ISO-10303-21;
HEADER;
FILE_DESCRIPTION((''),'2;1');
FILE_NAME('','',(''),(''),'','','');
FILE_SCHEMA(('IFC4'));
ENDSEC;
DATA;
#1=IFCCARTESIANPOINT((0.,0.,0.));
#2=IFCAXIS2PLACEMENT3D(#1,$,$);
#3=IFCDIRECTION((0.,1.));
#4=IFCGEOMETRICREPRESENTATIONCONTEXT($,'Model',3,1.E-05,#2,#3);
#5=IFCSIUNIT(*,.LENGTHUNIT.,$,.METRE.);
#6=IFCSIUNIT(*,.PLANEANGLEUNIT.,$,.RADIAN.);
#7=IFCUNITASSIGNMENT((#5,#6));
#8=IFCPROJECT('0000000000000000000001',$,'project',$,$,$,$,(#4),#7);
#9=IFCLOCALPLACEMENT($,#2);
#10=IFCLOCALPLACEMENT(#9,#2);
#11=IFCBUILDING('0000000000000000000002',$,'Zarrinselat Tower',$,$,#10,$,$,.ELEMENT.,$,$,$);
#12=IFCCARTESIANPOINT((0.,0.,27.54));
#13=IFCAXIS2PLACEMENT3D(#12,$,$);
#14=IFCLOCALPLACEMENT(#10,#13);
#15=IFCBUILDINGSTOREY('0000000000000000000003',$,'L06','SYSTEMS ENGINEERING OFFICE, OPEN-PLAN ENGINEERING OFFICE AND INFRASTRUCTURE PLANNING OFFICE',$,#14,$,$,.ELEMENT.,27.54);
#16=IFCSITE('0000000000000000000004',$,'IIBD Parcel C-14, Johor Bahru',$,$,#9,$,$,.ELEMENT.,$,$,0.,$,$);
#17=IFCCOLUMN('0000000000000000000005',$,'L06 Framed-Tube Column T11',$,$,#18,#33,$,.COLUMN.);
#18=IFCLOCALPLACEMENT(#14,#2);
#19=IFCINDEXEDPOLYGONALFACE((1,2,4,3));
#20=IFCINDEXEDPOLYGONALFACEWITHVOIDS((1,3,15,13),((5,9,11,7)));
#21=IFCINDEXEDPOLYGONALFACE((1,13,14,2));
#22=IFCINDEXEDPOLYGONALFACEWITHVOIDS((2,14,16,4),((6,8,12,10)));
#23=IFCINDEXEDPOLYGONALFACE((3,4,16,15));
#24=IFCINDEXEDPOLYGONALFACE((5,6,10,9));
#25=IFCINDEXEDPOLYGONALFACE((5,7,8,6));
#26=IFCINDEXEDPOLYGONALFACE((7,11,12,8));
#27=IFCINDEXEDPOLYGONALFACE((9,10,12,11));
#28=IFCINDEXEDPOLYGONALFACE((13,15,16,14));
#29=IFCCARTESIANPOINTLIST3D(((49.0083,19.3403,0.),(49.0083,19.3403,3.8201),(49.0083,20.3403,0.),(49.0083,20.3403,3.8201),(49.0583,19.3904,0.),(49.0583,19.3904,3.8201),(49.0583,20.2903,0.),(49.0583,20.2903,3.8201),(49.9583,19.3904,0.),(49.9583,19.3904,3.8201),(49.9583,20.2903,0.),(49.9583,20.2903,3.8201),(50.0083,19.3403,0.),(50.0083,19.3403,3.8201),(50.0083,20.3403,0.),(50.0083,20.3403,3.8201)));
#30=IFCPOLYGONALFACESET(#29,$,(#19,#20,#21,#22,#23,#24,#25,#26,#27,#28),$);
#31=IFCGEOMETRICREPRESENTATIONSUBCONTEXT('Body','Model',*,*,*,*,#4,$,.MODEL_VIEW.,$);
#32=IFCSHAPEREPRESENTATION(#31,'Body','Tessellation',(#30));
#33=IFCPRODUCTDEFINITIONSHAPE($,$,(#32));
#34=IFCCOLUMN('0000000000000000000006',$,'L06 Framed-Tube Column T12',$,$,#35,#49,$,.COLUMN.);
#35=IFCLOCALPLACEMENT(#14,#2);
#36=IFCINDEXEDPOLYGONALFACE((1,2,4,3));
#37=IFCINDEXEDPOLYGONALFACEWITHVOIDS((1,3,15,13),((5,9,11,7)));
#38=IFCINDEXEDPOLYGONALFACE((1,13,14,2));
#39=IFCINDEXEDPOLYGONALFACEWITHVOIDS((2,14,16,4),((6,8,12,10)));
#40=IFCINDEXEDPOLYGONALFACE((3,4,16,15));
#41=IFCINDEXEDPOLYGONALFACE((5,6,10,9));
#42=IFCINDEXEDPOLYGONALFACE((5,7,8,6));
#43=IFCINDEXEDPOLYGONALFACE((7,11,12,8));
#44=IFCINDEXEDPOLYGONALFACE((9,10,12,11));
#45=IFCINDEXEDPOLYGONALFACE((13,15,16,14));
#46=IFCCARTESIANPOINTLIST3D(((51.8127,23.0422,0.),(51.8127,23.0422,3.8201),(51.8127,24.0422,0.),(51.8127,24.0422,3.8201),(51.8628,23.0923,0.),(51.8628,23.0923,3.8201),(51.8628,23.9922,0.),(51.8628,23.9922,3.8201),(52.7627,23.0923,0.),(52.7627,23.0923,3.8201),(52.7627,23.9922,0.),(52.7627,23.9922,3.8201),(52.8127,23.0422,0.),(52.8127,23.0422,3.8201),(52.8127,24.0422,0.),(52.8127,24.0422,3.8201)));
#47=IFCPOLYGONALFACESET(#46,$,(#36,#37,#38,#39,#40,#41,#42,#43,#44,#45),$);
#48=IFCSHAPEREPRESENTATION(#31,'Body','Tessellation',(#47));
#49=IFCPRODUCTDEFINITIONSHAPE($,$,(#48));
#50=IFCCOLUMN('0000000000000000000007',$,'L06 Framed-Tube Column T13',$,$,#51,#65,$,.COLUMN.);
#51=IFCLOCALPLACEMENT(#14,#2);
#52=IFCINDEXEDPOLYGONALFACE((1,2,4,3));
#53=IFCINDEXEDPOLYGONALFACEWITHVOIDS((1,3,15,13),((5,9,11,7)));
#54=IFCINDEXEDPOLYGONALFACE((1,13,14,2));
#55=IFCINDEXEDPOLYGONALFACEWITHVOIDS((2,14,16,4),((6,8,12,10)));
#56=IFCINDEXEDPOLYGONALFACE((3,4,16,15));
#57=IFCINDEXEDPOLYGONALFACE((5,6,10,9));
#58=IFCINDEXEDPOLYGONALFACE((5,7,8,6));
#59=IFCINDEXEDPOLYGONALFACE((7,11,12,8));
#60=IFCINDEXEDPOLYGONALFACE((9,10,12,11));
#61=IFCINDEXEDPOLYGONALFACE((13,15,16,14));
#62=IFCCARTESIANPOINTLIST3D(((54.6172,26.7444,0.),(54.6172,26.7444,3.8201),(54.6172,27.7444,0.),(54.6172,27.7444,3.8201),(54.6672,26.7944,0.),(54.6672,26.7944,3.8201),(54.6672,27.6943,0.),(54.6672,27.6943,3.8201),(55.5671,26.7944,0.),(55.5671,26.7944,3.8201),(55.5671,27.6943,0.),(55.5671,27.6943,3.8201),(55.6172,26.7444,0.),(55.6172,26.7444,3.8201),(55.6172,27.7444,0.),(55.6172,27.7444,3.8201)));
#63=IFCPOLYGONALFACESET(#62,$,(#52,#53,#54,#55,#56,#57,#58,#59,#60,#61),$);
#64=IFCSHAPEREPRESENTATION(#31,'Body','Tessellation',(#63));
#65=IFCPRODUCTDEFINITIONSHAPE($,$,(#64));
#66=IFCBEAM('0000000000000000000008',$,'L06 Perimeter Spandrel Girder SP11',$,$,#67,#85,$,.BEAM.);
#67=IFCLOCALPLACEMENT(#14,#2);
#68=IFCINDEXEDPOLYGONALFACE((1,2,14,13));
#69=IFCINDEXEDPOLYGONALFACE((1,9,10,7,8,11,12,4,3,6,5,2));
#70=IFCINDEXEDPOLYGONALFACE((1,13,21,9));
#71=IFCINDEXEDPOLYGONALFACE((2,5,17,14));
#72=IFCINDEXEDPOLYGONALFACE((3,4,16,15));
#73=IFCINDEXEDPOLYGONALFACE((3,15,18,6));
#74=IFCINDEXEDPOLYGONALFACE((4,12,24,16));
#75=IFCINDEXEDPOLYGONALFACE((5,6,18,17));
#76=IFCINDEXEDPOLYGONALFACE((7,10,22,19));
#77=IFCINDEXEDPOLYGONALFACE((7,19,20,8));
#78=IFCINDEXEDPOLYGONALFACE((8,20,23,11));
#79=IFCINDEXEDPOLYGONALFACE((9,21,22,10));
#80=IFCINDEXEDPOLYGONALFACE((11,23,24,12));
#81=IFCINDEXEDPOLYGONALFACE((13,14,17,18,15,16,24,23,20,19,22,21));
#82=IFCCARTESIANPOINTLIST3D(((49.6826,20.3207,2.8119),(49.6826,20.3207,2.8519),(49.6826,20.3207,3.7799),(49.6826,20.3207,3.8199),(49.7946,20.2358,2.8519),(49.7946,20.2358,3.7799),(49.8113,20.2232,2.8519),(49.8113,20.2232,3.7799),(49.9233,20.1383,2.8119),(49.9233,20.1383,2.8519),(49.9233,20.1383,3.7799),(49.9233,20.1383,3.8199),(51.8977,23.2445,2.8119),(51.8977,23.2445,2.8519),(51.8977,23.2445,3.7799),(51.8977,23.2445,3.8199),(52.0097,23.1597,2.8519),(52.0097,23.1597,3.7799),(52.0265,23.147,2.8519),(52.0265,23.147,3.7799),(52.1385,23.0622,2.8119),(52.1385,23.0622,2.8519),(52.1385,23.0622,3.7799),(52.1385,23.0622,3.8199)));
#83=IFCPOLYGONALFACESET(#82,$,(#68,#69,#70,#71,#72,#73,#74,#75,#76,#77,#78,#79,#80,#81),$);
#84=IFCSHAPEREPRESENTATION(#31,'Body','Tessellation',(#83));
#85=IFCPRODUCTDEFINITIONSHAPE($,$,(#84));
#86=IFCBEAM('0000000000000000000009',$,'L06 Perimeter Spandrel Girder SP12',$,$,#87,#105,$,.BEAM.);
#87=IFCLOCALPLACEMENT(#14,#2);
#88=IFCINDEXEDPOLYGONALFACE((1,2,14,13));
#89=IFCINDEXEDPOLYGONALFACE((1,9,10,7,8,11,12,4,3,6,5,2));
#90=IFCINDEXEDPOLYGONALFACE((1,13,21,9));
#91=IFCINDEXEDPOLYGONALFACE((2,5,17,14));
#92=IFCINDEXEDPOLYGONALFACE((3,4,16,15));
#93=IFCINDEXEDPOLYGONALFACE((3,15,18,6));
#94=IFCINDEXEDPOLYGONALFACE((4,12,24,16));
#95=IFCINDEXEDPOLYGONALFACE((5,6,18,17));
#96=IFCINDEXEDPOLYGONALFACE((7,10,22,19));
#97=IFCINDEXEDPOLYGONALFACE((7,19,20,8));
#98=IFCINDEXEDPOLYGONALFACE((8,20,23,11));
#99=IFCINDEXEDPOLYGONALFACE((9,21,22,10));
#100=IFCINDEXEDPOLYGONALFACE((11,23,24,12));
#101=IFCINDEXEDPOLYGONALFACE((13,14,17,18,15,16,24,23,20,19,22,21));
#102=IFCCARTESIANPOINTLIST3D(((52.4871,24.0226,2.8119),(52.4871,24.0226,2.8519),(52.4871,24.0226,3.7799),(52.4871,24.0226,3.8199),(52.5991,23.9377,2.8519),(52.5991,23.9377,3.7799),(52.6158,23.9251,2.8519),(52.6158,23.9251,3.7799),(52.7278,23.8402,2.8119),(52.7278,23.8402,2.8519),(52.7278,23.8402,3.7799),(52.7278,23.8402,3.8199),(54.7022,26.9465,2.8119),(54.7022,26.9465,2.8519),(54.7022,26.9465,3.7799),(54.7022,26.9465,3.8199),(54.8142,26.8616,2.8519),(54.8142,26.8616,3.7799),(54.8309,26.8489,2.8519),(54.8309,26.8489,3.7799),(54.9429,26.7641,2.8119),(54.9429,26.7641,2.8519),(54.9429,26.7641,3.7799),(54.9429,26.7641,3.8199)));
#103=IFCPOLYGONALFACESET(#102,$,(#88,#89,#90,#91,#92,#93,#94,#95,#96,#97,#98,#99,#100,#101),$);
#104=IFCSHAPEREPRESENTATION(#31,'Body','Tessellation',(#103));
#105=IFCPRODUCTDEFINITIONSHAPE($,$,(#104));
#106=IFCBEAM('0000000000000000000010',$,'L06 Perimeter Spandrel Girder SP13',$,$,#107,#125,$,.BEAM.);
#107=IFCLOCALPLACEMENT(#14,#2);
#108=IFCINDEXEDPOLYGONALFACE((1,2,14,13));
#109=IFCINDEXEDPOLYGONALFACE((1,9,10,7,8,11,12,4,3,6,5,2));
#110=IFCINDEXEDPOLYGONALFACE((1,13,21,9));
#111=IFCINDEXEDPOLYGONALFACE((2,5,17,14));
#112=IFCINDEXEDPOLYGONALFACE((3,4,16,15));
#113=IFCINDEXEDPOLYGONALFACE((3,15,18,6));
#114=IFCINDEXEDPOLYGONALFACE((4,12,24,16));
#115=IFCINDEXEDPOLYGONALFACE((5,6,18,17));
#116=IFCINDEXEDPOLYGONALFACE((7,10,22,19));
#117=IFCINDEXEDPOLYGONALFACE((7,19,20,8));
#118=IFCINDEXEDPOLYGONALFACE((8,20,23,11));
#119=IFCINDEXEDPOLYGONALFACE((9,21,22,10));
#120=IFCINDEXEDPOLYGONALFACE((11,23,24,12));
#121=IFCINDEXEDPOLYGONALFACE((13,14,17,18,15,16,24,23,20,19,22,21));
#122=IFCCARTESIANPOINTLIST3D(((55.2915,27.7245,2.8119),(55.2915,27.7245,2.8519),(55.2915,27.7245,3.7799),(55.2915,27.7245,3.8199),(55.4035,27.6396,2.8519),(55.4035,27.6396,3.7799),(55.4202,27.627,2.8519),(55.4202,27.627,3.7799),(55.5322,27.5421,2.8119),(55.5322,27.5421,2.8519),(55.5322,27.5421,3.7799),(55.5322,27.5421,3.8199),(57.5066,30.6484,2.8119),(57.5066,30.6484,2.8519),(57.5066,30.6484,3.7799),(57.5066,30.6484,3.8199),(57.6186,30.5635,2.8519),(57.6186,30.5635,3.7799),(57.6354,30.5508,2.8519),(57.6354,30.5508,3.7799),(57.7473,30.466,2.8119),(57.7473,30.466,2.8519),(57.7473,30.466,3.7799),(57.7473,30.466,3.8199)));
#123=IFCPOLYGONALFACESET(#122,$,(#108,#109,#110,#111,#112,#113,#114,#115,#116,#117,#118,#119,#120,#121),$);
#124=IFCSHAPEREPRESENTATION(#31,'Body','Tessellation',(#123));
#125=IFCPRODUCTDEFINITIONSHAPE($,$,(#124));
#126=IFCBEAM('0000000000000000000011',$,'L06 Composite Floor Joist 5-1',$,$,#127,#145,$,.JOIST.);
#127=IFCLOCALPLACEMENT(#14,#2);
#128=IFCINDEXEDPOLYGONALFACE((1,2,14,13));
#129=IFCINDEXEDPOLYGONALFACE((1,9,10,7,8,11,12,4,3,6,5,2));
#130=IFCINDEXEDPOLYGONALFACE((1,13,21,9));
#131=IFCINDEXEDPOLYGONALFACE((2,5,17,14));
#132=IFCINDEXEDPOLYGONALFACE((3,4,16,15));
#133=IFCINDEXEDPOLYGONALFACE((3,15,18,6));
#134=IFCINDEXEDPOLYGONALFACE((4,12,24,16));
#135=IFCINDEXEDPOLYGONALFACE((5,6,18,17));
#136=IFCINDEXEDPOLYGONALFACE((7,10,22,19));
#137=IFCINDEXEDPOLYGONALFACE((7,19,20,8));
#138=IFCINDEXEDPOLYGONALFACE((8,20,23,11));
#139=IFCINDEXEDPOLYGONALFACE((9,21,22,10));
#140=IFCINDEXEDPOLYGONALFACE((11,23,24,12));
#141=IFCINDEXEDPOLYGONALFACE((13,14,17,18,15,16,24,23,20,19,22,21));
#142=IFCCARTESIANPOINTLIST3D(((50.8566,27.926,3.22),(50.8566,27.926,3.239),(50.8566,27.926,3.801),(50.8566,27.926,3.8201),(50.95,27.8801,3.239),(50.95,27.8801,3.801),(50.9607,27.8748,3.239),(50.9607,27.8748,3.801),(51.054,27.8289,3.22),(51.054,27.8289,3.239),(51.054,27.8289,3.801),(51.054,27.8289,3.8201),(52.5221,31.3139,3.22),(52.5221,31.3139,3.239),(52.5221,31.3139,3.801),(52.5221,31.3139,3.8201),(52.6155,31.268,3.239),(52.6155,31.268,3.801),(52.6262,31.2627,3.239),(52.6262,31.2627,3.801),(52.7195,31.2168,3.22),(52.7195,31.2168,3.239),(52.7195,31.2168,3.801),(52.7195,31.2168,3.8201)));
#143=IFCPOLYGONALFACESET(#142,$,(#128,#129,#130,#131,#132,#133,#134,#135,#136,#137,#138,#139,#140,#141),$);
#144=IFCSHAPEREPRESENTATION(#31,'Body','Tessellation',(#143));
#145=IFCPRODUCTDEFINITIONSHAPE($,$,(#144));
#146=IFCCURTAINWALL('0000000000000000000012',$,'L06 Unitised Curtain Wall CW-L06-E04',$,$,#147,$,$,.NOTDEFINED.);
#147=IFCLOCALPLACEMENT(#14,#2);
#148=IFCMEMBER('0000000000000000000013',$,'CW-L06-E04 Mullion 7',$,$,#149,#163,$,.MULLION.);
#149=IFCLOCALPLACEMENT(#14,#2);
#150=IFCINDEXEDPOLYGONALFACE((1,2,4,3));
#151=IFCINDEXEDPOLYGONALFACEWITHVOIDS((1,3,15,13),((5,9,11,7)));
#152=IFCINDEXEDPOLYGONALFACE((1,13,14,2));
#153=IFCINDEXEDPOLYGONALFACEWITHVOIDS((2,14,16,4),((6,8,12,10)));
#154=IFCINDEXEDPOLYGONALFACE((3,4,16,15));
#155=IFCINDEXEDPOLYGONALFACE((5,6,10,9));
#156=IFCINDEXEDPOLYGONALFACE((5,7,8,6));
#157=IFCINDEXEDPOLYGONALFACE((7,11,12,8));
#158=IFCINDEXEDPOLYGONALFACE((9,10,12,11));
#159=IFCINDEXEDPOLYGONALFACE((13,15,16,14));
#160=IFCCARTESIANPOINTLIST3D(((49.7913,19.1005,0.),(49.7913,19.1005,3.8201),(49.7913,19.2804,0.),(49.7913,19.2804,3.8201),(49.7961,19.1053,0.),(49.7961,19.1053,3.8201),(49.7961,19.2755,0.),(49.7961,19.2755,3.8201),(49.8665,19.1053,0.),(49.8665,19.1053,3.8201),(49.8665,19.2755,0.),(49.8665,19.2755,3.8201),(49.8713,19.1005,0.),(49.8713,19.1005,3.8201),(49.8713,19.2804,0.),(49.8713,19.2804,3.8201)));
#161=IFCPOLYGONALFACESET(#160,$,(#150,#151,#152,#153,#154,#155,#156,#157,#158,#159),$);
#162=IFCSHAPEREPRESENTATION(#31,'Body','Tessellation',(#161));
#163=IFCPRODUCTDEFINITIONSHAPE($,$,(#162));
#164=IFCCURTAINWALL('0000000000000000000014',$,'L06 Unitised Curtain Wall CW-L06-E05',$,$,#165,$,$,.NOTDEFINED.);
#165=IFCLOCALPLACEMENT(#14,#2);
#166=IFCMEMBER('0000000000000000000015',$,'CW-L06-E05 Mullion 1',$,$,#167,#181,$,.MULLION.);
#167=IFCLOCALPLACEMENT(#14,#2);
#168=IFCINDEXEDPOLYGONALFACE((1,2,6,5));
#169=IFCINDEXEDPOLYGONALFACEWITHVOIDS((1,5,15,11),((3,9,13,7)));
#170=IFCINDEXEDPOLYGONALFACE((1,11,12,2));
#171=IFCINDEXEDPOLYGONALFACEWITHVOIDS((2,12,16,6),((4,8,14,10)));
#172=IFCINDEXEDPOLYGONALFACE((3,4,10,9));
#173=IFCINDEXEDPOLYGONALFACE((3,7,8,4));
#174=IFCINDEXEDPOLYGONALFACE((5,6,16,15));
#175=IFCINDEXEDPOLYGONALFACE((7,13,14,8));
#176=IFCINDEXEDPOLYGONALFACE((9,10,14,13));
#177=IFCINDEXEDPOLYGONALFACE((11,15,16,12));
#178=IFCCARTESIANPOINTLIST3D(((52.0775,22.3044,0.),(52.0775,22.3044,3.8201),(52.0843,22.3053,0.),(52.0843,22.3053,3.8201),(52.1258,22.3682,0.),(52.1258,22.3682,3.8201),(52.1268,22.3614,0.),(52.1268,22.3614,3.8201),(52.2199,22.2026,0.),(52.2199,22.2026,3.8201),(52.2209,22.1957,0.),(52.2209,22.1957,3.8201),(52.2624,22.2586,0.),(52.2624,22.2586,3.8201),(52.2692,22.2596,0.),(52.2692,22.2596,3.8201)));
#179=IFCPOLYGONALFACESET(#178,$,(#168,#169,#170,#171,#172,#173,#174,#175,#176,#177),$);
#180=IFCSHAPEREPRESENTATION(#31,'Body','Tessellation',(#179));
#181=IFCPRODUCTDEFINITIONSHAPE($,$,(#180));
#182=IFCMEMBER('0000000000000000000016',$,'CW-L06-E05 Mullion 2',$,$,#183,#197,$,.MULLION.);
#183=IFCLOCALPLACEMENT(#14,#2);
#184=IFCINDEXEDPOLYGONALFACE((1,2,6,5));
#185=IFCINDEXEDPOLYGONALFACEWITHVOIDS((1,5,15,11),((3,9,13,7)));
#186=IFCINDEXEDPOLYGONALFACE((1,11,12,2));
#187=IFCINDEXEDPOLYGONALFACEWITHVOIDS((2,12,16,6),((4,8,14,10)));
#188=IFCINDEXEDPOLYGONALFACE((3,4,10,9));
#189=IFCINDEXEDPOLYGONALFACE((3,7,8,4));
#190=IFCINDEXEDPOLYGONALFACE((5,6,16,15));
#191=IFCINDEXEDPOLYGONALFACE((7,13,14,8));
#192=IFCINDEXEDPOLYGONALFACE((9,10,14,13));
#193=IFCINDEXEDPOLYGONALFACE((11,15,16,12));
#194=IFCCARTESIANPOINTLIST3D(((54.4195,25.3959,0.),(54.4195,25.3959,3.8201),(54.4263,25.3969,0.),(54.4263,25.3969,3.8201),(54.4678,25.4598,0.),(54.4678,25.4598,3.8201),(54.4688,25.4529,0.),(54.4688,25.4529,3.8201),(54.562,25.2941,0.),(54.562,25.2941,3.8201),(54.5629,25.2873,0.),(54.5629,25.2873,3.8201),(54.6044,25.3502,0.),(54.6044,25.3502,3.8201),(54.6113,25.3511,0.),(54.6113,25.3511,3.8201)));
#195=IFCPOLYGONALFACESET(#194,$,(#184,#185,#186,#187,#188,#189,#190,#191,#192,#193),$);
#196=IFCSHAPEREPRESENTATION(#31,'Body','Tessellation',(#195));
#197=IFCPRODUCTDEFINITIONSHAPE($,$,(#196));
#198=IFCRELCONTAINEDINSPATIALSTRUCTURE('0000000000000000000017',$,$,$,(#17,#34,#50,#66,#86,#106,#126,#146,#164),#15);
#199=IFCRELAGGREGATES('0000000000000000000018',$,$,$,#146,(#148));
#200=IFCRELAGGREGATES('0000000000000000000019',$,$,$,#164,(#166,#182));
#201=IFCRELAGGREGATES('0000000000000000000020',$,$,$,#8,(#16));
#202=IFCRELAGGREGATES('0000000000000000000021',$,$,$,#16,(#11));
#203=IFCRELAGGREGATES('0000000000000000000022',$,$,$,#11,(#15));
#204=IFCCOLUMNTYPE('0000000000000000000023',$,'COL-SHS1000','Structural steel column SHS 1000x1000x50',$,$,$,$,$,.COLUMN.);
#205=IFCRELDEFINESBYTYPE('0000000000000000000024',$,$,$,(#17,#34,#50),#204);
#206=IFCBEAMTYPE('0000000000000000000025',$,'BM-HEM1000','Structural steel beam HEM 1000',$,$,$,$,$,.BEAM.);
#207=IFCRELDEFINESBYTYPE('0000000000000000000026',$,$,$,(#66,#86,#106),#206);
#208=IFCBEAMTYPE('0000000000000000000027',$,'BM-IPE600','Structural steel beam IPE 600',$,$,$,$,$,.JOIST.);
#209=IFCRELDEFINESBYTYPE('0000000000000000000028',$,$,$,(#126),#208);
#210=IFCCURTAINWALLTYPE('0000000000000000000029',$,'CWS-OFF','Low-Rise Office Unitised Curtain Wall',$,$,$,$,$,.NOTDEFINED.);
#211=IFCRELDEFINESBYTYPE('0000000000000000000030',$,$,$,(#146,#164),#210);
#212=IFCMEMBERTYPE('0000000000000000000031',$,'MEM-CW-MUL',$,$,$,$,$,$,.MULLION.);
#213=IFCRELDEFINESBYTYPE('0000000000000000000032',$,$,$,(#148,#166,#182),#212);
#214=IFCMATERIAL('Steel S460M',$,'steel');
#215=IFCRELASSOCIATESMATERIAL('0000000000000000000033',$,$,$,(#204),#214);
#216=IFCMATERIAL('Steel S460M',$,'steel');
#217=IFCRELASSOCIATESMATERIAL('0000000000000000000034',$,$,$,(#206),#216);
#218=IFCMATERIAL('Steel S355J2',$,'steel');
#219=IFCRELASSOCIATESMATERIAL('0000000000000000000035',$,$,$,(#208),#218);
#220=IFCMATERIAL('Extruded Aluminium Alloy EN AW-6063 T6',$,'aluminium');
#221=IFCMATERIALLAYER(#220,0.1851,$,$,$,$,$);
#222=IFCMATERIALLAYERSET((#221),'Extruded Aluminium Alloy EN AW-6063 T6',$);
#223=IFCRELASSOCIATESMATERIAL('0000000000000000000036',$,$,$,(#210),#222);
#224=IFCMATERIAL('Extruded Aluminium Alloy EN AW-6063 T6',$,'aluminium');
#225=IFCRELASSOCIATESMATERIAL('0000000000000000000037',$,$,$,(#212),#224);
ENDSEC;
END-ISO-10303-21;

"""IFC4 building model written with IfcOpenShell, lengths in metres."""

from ifc_helpers import new_model, si_unit, direction, frame, origin, origin_2d, place, context, subcontext, project, spatial, hollow_rectangle, i_section, extrude, material, layer, layer_set, material_profile, profile_set, type_object, element, aggregate, save


model = new_model("IFC4")

# Units and contexts
model_context = context("Model", 3, precision=1e-05, world=origin(), true_north=direction((0.0, 1.0)))
body_context = subcontext(model_context, "Body", "Model", "MODEL_VIEW")
ifc_project = project(units=[si_unit("LENGTHUNIT", "METRE"), si_unit("PLANEANGLEUNIT", "RADIAN")], contexts=[model_context])

# Site, building, storey
site_placement = place(None, origin())
site = spatial("IfcSite", under=ifc_project, at=site_placement, Name="IIBD Parcel C-14, Johor Bahru", CompositionType="ELEMENT", RefElevation=0.0)
building_placement = place(site_placement, origin())
building = spatial("IfcBuilding", under=site, at=building_placement, Name="Zarrinselat Tower", CompositionType="ELEMENT")
storey_placement = place(building_placement, frame((0.0, 0.0, 27.54)))
storey = spatial("IfcBuildingStorey", under=building, at=storey_placement, Name="L06", Description="SYSTEMS ENGINEERING OFFICE, OPEN-PLAN ENGINEERING OFFICE AND INFRASTRUCTURE PLANNING OFFICE", CompositionType="ELEMENT", Elevation=27.54)

# Columns
ifc_material_1 = material(Name="Steel S460M", Category="steel")
ifc_material_profile_1 = material_profile(ifc_material_1, hollow_rectangle(XDim=1.0, YDim=1.0, WallThickness=0.05, at=origin_2d()), Name="SHS 1000x1000x50")
ifc_profile_set_1 = profile_set([ifc_material_profile_1], Name="Steel S460M")
column_type = type_object("IfcColumnType", Name="COL-SHS1000", Description="Structural steel column SHS 1000x1000x50", PredefinedType="COLUMN", material=ifc_profile_set_1)
for number, where, z_axis, x_axis, name in (
    (1, (49.5083, 19.8403, 0.0), (0.0, 0.0, 1.0), (1.0, 0.0, 0.0), "L06 Framed-Tube Column T11"),
    (2, (52.3127, 23.5422, 0.0), (0.0, 0.0, 1.0), (1.0, 0.0, 0.0), "L06 Framed-Tube Column T12"),
    (3, (55.1172, 27.2444, 0.0), (0.0, 0.0, 1.0), (1.0, 0.0, 0.0), "L06 Framed-Tube Column T13"),
):
    element("IfcColumn", number, at=place(storey_placement, frame(where, z_axis=z_axis, x_axis=x_axis)), inside=storey, type_object=column_type, Name=name, PredefinedType="COLUMN", context=body_context, shape_type="SweptSolid", body=[
        extrude(hollow_rectangle(XDim=1.0, YDim=1.0, WallThickness=0.05, at=origin_2d()), origin(), (0.0, 0.0, 1.0), 3.8201),
    ])

# Beams
ifc_material_2 = material(Name="Steel S460M", Category="steel")
ifc_material_profile_2 = material_profile(ifc_material_2, i_section(OverallWidth=0.302, OverallDepth=1.0081, WebThickness=0.021, FlangeThickness=0.04, at=origin_2d()), Name="HEM 1000")
ifc_profile_set_2 = profile_set([ifc_material_profile_2], Name="Steel S460M")
beam_type_1 = type_object("IfcBeamType", Name="BM-HEM1000", Description="Structural steel beam HEM 1000", PredefinedType="BEAM", material=ifc_profile_set_2)
for number, where, z_axis, x_axis, name in (
    (4, (49.803, 20.2295, 3.3159), (0.603869, 0.797083, 0.0), (-0.797083, 0.603869, 0.0), "L06 Perimeter Spandrel Girder SP11"),
    (5, (52.6074, 23.9314, 3.3159), (0.603869, 0.797083, 0.0), (-0.797083, 0.603869, 0.0), "L06 Perimeter Spandrel Girder SP12"),
    (6, (55.4119, 27.6333, 3.3159), (0.603869, 0.797083, 0.0), (-0.797083, 0.603869, 0.0), "L06 Perimeter Spandrel Girder SP13"),
):
    element("IfcBeam", number, at=place(storey_placement, frame(where, z_axis=z_axis, x_axis=x_axis)), inside=storey, type_object=beam_type_1, Name=name, PredefinedType="BEAM", context=body_context, shape_type="SweptSolid", body=[
        extrude(i_section(OverallWidth=0.302, OverallDepth=1.0081, WebThickness=0.021, FlangeThickness=0.04, at=origin_2d()), origin(), (0.0, 0.0, 1.0), 3.6682),
    ])
ifc_material_3 = material(Name="Steel S355J2", Category="steel")
ifc_material_profile_3 = material_profile(ifc_material_3, i_section(OverallWidth=0.22, OverallDepth=0.6001, WebThickness=0.012, FlangeThickness=0.019, at=origin_2d()), Name="IPE 600")
ifc_profile_set_3 = profile_set([ifc_material_profile_3], Name="Steel S355J2")
beam_type_2 = type_object("IfcBeamType", Name="BM-IPE600", Description="Structural steel beam IPE 600", PredefinedType="JOIST", material=ifc_profile_set_3)
beam_placement = place(storey_placement, frame((50.9553, 27.8774, 3.52), z_axis=(0.441176, 0.89742, 0.0), x_axis=(-0.89742, 0.441176, 0.0)))
element("IfcBeam", 7, at=beam_placement, inside=storey, type_object=beam_type_2, Name="L06 Composite Floor Joist 5-1", PredefinedType="JOIST", context=body_context, shape_type="SweptSolid", body=[
    extrude(i_section(OverallWidth=0.22, OverallDepth=0.6001, WebThickness=0.012, FlangeThickness=0.019, at=origin_2d()), origin(), (0.0, 0.0, 1.0), 3.7751),
])

# Curtain wall, member
ifc_material_4 = material(Name="Extruded Aluminium Alloy EN AW-6063 T6", Category="aluminium")
ifc_layer_1 = layer(ifc_material_4, 0.1851)
ifc_layer_set_1 = layer_set([ifc_layer_1], Name="Extruded Aluminium Alloy EN AW-6063 T6")
curtain_wall_type = type_object("IfcCurtainWallType", Name="CWS-OFF", Description="Low-Rise Office Unitised Curtain Wall", PredefinedType="NOTDEFINED", material=ifc_layer_set_1)
curtain_wall_1_placement = place(storey_placement, origin())
curtain_wall_1 = element("IfcCurtainWall", 8, at=curtain_wall_1_placement, inside=storey, type_object=curtain_wall_type, Name="L06 Unitised Curtain Wall CW-L06-E04", PredefinedType="NOTDEFINED")
ifc_material_5 = material(Name="Extruded Aluminium Alloy EN AW-6063 T6", Category="aluminium")
ifc_material_profile_4 = material_profile(ifc_material_5, hollow_rectangle(XDim=0.0801, YDim=0.1799, WallThickness=0.0049, at=origin_2d()), Name="RHS 180x80x5")
ifc_profile_set_4 = profile_set([ifc_material_profile_4], Name="Extruded Aluminium Alloy EN AW-6063 T6")
member_type_1 = type_object("IfcMemberType", Name="MEM-CW-MUL", PredefinedType="MULLION", material=ifc_profile_set_4)
member_1_placement = place(storey_placement, frame((49.8313, 19.1904, 0.0), z_axis=(0.0, 0.0, 1.0), x_axis=(1.0, 0.0, 0.0)))
member_1 = element("IfcMember", 9, at=member_1_placement, type_object=member_type_1, Name="CW-L06-E04 Mullion 7", PredefinedType="MULLION", context=body_context, shape_type="SweptSolid", body=[
    extrude(hollow_rectangle(XDim=0.0801, YDim=0.1799, WallThickness=0.0049, at=origin_2d()), origin(), (0.0, 0.0, 1.0), 3.8201),
])
aggregate(curtain_wall_1, [member_1])

# Curtain wall, members
curtain_wall_2_placement = place(storey_placement, origin())
curtain_wall_2 = element("IfcCurtainWall", 10, at=curtain_wall_2_placement, inside=storey, type_object=curtain_wall_type, Name="L06 Unitised Curtain Wall CW-L06-E05", PredefinedType="NOTDEFINED")
member_2_placement = place(storey_placement, frame((52.1733, 22.282, 0.0), z_axis=(0.0, 0.0, 1.0), x_axis=(0.603858, 0.797092, 0.0)))
member_2 = element("IfcMember", 11, at=member_2_placement, type_object=member_type_1, Name="CW-L06-E05 Mullion 1", PredefinedType="MULLION", context=body_context, shape_type="SweptSolid", body=[
    extrude(hollow_rectangle(XDim=0.0801, YDim=0.1799, WallThickness=0.0049, at=origin_2d()), origin(), (0.0, 0.0, 1.0), 3.8201),
])
member_3_placement = place(storey_placement, frame((54.5154, 25.3735, 0.0), z_axis=(0.0, 0.0, 1.0), x_axis=(0.603858, 0.797092, 0.0)))
member_3 = element("IfcMember", 12, at=member_3_placement, type_object=member_type_1, Name="CW-L06-E05 Mullion 2", PredefinedType="MULLION", context=body_context, shape_type="SweptSolid", body=[
    extrude(hollow_rectangle(XDim=0.0801, YDim=0.1799, WallThickness=0.0049, at=origin_2d()), origin(), (0.0, 0.0, 1.0), 3.8201),
])
aggregate(curtain_wall_2, [member_2, member_3])

save(model, "model.ifc")
